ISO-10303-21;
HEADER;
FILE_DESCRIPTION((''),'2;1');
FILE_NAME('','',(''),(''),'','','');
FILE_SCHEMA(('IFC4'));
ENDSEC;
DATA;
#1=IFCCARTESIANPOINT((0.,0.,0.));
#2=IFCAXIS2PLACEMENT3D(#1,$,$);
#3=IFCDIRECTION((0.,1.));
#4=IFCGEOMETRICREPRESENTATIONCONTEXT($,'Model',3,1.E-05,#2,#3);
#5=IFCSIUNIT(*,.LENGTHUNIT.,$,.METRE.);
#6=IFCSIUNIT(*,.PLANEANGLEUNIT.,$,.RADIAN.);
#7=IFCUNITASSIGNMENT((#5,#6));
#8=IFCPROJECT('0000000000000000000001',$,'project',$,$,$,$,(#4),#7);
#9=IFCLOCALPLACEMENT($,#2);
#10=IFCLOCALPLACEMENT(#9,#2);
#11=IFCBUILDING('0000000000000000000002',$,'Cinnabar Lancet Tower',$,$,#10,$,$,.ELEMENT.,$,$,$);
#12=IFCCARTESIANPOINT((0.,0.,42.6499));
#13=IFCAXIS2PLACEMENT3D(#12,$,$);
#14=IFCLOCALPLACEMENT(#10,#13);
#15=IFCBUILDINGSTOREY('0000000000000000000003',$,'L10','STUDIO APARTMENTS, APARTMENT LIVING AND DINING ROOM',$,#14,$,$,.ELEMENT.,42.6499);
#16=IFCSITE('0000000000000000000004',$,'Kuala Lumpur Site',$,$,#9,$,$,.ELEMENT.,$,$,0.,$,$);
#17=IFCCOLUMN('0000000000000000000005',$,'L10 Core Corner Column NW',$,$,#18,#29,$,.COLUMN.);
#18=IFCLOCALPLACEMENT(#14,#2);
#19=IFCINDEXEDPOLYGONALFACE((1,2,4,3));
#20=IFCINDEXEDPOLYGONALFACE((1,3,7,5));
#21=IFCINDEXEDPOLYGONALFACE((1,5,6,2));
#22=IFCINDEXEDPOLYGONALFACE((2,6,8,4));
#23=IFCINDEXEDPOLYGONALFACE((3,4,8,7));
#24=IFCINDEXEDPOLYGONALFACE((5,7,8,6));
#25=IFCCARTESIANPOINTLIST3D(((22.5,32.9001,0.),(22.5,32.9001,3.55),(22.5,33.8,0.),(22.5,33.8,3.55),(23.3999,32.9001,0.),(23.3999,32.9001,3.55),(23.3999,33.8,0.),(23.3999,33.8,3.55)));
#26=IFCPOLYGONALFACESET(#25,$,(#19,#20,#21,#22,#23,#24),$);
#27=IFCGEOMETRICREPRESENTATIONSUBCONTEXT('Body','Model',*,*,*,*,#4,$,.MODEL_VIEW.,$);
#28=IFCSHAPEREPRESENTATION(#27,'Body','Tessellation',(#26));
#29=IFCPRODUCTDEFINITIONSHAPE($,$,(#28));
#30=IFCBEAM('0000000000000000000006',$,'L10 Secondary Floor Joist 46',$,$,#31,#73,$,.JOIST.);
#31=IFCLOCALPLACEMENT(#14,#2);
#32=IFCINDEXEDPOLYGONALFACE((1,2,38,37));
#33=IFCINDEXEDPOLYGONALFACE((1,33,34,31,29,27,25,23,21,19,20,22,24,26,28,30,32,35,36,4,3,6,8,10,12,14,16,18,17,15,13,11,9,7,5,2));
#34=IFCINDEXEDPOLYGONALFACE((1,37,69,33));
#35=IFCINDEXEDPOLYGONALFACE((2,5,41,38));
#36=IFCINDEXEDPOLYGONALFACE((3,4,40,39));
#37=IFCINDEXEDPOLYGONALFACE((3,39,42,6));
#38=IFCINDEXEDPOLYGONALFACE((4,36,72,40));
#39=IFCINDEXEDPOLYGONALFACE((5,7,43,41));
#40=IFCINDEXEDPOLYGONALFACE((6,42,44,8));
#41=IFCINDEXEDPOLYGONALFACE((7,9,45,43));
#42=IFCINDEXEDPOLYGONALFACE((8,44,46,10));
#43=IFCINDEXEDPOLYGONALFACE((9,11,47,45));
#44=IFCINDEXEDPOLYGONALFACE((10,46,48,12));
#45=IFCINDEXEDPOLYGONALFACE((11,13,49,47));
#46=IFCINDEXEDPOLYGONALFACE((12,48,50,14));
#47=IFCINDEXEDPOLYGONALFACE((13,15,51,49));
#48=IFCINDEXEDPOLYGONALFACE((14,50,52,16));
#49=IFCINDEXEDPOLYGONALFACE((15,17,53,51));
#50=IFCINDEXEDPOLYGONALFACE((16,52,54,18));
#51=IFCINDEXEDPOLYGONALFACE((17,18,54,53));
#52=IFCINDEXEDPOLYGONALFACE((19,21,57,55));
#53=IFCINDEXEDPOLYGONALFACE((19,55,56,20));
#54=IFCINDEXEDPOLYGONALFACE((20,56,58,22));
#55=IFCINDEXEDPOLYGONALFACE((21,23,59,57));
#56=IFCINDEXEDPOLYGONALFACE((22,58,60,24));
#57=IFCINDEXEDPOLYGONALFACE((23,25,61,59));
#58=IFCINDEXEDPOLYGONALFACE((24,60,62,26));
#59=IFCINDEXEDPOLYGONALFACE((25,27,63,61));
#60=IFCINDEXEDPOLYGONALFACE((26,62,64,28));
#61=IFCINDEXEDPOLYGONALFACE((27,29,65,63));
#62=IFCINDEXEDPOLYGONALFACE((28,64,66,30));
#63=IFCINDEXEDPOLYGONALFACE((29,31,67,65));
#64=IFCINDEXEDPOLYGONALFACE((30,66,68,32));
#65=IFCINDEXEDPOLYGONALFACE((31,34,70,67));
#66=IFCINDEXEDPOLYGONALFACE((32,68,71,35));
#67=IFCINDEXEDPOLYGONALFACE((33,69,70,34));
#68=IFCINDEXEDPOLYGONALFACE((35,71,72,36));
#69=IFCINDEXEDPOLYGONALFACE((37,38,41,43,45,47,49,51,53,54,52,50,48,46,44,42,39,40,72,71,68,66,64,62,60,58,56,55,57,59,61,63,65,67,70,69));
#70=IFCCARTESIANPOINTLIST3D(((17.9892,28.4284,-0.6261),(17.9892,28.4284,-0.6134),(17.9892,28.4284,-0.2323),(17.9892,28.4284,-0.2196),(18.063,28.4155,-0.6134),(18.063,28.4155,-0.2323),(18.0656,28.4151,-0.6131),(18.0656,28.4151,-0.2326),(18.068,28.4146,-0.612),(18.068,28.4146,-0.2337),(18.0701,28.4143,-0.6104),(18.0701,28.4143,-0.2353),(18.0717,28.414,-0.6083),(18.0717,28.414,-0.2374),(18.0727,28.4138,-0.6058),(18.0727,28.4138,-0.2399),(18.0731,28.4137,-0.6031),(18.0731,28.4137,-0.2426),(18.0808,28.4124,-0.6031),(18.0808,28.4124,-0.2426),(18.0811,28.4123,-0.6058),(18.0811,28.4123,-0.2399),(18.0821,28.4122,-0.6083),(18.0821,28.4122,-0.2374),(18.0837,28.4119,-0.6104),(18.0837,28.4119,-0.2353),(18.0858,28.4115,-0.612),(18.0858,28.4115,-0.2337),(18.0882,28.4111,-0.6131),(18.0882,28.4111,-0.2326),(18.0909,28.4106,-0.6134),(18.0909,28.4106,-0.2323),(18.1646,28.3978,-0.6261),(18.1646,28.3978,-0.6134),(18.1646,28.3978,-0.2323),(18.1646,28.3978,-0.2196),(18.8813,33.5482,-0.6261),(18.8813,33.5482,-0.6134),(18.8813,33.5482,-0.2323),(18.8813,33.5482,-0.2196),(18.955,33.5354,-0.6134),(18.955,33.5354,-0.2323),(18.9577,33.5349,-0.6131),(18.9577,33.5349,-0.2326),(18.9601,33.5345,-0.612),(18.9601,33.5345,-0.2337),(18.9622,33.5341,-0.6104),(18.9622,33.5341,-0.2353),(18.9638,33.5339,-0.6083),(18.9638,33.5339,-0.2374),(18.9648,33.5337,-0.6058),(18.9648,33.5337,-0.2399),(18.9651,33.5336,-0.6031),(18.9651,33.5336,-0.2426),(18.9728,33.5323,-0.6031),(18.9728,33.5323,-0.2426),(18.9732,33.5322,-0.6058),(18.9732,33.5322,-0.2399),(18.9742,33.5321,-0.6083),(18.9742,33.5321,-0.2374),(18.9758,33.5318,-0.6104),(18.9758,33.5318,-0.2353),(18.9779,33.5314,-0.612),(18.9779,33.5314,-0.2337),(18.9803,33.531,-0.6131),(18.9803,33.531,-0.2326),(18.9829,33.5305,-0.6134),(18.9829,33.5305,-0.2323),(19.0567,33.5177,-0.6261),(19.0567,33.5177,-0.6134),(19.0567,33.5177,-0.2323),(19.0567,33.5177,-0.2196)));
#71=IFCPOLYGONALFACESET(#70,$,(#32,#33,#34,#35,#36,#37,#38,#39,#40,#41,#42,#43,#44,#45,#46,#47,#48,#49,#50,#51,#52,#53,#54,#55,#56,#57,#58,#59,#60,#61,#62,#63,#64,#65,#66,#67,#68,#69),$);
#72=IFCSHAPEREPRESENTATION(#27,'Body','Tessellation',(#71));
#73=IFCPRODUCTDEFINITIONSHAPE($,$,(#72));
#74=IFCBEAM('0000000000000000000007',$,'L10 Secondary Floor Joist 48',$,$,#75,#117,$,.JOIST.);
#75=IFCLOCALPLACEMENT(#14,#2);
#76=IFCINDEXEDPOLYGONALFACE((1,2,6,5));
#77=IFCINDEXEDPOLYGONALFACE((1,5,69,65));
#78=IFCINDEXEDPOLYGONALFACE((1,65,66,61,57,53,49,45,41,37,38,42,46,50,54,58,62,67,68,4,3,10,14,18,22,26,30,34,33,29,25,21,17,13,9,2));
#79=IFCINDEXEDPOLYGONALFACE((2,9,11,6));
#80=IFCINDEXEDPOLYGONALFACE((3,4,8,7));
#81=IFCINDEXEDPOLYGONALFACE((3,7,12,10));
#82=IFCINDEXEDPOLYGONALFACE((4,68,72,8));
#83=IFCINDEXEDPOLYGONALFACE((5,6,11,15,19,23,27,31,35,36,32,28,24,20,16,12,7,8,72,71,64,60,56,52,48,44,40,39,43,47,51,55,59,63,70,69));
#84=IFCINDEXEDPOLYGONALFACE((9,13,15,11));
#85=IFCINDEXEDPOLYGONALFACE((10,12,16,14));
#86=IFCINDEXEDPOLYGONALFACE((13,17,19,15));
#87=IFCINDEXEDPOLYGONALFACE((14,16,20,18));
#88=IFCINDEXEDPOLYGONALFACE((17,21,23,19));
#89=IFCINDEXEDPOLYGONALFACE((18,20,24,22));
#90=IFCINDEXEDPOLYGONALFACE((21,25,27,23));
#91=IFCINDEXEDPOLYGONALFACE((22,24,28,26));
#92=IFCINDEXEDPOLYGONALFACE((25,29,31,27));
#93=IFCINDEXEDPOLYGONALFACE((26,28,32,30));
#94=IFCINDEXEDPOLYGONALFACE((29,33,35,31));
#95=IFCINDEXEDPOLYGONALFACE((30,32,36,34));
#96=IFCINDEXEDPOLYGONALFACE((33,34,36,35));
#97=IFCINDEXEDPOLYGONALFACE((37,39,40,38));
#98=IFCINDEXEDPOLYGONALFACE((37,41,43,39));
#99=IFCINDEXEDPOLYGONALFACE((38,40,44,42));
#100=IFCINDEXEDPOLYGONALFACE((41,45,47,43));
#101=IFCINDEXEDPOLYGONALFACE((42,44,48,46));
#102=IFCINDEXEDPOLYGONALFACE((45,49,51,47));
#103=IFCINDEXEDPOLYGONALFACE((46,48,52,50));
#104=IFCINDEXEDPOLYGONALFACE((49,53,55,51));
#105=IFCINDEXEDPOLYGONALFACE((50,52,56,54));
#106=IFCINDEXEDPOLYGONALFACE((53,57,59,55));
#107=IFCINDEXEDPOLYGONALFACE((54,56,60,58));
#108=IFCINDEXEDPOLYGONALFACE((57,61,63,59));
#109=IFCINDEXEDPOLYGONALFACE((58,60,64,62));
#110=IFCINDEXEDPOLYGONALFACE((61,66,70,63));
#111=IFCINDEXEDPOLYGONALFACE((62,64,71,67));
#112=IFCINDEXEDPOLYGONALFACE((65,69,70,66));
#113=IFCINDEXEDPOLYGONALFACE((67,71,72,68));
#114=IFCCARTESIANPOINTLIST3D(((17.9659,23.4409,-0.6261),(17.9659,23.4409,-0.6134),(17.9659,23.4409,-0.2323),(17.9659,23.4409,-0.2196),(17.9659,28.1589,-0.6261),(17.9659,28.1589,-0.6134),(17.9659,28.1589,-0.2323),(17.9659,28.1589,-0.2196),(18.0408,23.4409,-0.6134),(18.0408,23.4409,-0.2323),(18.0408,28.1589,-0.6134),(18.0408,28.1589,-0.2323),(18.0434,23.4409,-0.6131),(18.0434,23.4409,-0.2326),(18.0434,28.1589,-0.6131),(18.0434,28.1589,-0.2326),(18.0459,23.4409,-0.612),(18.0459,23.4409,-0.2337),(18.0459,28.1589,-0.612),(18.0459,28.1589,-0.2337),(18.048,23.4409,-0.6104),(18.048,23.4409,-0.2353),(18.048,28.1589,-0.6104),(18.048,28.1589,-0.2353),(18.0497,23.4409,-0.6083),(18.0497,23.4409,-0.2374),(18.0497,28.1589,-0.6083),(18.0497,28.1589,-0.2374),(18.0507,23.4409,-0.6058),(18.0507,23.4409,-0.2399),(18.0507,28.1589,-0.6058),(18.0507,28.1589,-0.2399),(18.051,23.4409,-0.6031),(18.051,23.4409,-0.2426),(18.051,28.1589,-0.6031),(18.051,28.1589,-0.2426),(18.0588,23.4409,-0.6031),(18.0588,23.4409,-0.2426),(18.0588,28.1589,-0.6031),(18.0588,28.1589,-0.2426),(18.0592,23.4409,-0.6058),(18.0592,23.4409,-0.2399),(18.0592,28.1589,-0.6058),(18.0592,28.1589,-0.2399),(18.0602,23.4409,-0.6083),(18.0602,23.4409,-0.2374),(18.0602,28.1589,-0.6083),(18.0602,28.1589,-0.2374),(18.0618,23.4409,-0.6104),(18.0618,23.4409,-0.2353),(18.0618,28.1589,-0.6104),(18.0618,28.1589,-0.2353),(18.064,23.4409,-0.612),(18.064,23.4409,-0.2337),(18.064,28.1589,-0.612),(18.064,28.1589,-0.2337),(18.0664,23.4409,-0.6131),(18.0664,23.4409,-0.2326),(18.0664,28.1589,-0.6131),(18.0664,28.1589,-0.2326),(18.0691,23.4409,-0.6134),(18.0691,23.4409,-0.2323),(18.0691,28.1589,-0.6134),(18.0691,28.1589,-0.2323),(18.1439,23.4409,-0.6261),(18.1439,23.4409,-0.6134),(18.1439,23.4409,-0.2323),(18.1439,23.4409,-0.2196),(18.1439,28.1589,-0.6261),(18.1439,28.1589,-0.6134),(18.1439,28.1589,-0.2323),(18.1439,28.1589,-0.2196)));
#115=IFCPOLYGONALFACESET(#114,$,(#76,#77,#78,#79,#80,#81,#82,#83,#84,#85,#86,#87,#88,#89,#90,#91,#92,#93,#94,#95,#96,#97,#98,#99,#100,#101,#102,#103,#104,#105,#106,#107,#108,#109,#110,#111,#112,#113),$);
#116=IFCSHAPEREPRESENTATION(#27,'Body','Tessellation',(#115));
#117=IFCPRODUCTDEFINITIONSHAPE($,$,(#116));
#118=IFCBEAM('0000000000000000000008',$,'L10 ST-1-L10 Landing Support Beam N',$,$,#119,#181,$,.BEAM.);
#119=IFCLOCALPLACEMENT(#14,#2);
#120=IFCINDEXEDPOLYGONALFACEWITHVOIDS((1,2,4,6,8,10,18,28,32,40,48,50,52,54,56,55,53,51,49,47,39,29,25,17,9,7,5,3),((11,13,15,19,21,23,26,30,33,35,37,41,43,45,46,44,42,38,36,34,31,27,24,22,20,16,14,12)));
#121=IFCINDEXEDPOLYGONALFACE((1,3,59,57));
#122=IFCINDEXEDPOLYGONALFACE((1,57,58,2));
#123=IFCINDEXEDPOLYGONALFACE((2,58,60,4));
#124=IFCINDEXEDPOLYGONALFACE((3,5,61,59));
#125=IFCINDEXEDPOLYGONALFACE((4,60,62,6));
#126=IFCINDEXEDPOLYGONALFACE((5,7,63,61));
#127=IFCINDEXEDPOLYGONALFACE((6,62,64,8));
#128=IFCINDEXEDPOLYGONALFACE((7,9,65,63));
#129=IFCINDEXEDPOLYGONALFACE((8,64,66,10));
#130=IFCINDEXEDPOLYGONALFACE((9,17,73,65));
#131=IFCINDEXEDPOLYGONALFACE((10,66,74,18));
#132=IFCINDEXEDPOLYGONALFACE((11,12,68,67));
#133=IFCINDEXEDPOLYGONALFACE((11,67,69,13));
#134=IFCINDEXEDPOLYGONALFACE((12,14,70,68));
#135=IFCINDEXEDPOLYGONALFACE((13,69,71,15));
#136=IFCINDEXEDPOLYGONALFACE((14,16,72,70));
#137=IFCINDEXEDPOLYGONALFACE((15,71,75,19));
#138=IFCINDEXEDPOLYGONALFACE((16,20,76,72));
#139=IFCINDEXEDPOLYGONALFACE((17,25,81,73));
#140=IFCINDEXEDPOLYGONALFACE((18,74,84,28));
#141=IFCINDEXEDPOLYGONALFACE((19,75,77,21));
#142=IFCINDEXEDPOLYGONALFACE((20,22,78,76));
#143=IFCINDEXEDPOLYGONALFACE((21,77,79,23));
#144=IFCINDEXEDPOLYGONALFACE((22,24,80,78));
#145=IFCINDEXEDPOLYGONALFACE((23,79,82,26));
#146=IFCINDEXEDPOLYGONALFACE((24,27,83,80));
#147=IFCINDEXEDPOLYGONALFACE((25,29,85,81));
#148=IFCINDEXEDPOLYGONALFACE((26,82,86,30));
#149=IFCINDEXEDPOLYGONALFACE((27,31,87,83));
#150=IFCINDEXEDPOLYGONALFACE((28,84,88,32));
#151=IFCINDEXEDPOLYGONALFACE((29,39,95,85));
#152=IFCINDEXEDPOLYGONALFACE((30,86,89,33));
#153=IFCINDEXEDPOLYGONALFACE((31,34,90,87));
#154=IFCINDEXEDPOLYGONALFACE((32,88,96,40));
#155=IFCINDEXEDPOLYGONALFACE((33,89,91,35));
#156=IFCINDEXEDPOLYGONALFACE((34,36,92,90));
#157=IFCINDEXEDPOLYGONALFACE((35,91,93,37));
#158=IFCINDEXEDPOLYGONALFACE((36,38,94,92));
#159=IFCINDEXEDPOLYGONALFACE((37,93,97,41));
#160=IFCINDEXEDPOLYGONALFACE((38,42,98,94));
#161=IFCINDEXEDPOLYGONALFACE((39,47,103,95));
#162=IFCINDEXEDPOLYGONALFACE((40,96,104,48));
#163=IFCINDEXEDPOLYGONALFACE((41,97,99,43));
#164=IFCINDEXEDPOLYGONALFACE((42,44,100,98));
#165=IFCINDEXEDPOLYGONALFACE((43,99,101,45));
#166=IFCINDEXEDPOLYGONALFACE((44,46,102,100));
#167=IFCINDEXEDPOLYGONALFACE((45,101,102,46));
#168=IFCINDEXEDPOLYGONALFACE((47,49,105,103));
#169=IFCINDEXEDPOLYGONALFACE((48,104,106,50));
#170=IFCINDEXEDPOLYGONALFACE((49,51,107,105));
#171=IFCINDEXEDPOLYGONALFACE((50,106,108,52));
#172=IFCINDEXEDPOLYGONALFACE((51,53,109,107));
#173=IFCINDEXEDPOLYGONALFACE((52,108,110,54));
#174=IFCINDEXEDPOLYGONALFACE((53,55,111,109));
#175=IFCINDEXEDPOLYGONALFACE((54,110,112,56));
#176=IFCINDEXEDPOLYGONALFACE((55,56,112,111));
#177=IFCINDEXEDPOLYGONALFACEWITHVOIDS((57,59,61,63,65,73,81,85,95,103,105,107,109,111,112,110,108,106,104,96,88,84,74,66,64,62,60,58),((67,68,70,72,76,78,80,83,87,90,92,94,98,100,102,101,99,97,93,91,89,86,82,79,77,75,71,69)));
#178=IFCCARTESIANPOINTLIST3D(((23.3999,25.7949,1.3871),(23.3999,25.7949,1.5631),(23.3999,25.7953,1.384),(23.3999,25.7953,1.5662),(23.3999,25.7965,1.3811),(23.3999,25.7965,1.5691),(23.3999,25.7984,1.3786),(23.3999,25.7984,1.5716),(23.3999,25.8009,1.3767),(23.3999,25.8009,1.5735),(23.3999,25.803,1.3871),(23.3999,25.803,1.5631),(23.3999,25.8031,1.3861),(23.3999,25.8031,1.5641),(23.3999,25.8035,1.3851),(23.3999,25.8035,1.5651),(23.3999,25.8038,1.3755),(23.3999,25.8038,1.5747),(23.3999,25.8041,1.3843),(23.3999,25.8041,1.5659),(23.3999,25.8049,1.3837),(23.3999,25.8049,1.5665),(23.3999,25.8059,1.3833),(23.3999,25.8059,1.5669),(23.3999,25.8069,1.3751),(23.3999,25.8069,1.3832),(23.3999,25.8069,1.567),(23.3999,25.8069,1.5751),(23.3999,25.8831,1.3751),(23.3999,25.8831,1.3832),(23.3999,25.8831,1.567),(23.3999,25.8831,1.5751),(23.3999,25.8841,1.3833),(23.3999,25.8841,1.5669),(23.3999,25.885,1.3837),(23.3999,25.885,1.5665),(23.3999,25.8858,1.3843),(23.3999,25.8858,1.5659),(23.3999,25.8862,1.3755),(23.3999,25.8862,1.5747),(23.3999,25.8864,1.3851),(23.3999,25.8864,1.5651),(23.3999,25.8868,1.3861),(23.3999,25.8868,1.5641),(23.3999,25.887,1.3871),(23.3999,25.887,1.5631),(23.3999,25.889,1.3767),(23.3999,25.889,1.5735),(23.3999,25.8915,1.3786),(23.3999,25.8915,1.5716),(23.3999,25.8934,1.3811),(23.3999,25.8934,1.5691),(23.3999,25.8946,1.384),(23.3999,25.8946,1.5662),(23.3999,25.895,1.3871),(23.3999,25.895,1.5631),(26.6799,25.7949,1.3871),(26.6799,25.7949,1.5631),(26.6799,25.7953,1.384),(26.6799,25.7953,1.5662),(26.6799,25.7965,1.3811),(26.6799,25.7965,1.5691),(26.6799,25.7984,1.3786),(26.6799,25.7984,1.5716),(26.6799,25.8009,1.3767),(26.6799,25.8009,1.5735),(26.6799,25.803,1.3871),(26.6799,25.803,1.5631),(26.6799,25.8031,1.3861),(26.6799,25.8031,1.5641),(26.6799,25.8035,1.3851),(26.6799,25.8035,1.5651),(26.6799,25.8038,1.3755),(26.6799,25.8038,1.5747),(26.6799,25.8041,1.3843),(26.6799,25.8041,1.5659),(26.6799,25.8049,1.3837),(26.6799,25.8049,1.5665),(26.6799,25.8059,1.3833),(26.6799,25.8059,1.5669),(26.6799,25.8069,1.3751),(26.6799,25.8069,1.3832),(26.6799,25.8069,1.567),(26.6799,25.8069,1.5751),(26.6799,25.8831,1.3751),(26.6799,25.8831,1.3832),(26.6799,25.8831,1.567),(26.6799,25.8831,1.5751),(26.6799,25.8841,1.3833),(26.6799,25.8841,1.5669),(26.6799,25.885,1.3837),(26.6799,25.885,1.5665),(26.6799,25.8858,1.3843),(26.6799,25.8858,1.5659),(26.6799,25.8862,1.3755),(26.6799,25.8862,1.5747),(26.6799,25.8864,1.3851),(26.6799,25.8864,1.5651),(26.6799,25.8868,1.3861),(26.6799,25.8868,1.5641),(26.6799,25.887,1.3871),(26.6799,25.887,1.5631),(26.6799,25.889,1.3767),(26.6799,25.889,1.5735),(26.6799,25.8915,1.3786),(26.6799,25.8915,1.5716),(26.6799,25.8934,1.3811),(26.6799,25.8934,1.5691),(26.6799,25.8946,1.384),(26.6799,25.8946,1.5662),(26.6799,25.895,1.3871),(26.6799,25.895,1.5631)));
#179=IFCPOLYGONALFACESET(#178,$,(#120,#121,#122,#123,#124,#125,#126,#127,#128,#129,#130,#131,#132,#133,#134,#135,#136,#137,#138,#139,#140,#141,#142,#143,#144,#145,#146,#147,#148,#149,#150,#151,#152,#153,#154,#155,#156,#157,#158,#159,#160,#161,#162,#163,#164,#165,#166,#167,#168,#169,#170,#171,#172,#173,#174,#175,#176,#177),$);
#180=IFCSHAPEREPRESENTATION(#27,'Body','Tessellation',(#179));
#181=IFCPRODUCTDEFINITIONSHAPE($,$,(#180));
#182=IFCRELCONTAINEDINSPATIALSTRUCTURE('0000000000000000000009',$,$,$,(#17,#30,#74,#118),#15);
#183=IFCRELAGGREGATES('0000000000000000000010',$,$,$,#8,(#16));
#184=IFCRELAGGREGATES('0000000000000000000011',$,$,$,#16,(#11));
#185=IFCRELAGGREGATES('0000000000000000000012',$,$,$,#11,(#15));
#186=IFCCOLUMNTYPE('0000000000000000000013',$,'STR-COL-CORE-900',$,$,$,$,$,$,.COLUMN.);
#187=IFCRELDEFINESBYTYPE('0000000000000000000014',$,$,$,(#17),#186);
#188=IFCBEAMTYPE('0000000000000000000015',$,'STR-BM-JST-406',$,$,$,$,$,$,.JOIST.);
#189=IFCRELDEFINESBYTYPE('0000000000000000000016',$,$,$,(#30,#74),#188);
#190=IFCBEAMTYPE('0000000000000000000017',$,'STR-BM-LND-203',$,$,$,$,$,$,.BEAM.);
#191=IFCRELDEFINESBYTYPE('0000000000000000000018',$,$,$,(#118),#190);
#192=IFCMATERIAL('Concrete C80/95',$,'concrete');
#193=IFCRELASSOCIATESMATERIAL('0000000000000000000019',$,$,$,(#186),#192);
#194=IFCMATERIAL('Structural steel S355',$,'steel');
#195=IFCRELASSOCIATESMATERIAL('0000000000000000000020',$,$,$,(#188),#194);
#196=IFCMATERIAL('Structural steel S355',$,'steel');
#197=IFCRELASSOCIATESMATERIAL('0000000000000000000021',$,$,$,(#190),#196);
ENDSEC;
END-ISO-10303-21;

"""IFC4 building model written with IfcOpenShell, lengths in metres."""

from ifc_helpers import new_model, si_unit, direction, frame, origin, origin_2d, place, context, subcontext, project, spatial, rectangle, hollow_rectangle, i_section, extrude, material, material_profile, profile_set, type_object, element, save


model = new_model("IFC4")

# Units and contexts
model_context = context("Model", 3, precision=1e-05, world=origin(), true_north=direction((0.0, 1.0)))
body_context = subcontext(model_context, "Body", "Model", "MODEL_VIEW")
ifc_project = project(units=[si_unit("LENGTHUNIT", "METRE"), si_unit("PLANEANGLEUNIT", "RADIAN")], contexts=[model_context])

# Site, building, storey
site_placement = place(None, origin())
site = spatial("IfcSite", under=ifc_project, at=site_placement, Name="Kuala Lumpur Site", CompositionType="ELEMENT", RefElevation=0.0)
building_placement = place(site_placement, origin())
building = spatial("IfcBuilding", under=site, at=building_placement, Name="Cinnabar Lancet Tower", CompositionType="ELEMENT")
storey_placement = place(building_placement, frame((0.0, 0.0, 42.6499)))
storey = spatial("IfcBuildingStorey", under=building, at=storey_placement, Name="L10", Description="STUDIO APARTMENTS, APARTMENT LIVING AND DINING ROOM", CompositionType="ELEMENT", Elevation=42.6499)

# Column
ifc_material_1 = material(Name="Concrete C80/95", Category="concrete")
ifc_material_profile_1 = material_profile(ifc_material_1, rectangle(XDim=0.8999, YDim=0.8999, at=origin_2d()), Name="RC-COL 900x900")
ifc_profile_set_1 = profile_set([ifc_material_profile_1], Name="Concrete C80/95")
column_type = type_object("IfcColumnType", Name="STR-COL-CORE-900", PredefinedType="COLUMN", material=ifc_profile_set_1)
column_placement = place(storey_placement, frame((22.95, 33.3501, 0.0), z_axis=(0.0, 0.0, 1.0), x_axis=(1.0, 0.0, 0.0)))
element("IfcColumn", 1, at=column_placement, inside=storey, type_object=column_type, Name="L10 Core Corner Column NW", PredefinedType="COLUMN", context=body_context, shape_type="SweptSolid", body=[
    extrude(rectangle(XDim=0.8999, YDim=0.8999, at=origin_2d()), origin(), (0.0, 0.0, 1.0), 3.55),
])

# Beams
ifc_material_2 = material(Name="Structural steel S355", Category="steel")
ifc_material_profile_2 = material_profile(ifc_material_2, i_section(OverallWidth=0.178, OverallDepth=0.4065, WebThickness=0.0078, FlangeThickness=0.0127, FilletRadius=0.0103, at=origin_2d()), Name="UKB 406x178x60")
ifc_profile_set_2 = profile_set([ifc_material_profile_2], Name="Structural steel S355")
beam_type_1 = type_object("IfcBeamType", Name="STR-BM-JST-406", PredefinedType="JOIST", material=ifc_profile_set_2)
beam_1_placement = place(storey_placement, frame((18.969, 33.533, -0.4229), z_axis=(-0.171654, -0.985157, 0.0), x_axis=(0.985157, -0.171654, 0.0)))
element("IfcBeam", 2, at=beam_1_placement, inside=storey, type_object=beam_type_1, Name="L10 Secondary Floor Joist 46", PredefinedType="JOIST", context=body_context, shape_type="SweptSolid", body=[
    extrude(i_section(OverallWidth=0.178, OverallDepth=0.4065, WebThickness=0.0078, FlangeThickness=0.0127, FilletRadius=0.0103, at=origin_2d()), origin(), (0.0, 0.0, 1.0), 5.197),
])
beam_2_placement = place(storey_placement, frame((18.0549, 28.1589, -0.4229), z_axis=(0.0, -1.0, 0.0), x_axis=(1.0, 0.0, 0.0)))
element("IfcBeam", 3, at=beam_2_placement, inside=storey, type_object=beam_type_1, Name="L10 Secondary Floor Joist 48", PredefinedType="JOIST", context=body_context, shape_type="SweptSolid", body=[
    extrude(i_section(OverallWidth=0.178, OverallDepth=0.4065, WebThickness=0.0078, FlangeThickness=0.0127, FilletRadius=0.0103, at=origin_2d()), origin(), (0.0, 0.0, 1.0), 4.718),
])
ifc_material_3 = material(Name="Structural steel S355", Category="steel")
ifc_material_profile_3 = material_profile(ifc_material_3, hollow_rectangle(XDim=0.1001, YDim=0.2, WallThickness=0.0081, InnerFilletRadius=0.0039, OuterFilletRadius=0.012, at=origin_2d()), Name="RHS 200x100x8")
ifc_profile_set_3 = profile_set([ifc_material_profile_3], Name="Structural steel S355")
beam_type_2 = type_object("IfcBeamType", Name="STR-BM-LND-203", PredefinedType="BEAM", material=ifc_profile_set_3)
beam_3_placement = place(storey_placement, frame((23.3999, 25.845, 1.4751), z_axis=(1.0, 0.0, 0.0), x_axis=(0.0, 1.0, 0.0)))
element("IfcBeam", 4, at=beam_3_placement, inside=storey, type_object=beam_type_2, Name="L10 ST-1-L10 Landing Support Beam N", PredefinedType="BEAM", context=body_context, shape_type="SweptSolid", body=[
    extrude(hollow_rectangle(XDim=0.1001, YDim=0.2, WallThickness=0.0081, InnerFilletRadius=0.0039, OuterFilletRadius=0.012, at=origin_2d()), origin(), (0.0, 0.0, 1.0), 3.28),
])

save(model, "model.ifc")
